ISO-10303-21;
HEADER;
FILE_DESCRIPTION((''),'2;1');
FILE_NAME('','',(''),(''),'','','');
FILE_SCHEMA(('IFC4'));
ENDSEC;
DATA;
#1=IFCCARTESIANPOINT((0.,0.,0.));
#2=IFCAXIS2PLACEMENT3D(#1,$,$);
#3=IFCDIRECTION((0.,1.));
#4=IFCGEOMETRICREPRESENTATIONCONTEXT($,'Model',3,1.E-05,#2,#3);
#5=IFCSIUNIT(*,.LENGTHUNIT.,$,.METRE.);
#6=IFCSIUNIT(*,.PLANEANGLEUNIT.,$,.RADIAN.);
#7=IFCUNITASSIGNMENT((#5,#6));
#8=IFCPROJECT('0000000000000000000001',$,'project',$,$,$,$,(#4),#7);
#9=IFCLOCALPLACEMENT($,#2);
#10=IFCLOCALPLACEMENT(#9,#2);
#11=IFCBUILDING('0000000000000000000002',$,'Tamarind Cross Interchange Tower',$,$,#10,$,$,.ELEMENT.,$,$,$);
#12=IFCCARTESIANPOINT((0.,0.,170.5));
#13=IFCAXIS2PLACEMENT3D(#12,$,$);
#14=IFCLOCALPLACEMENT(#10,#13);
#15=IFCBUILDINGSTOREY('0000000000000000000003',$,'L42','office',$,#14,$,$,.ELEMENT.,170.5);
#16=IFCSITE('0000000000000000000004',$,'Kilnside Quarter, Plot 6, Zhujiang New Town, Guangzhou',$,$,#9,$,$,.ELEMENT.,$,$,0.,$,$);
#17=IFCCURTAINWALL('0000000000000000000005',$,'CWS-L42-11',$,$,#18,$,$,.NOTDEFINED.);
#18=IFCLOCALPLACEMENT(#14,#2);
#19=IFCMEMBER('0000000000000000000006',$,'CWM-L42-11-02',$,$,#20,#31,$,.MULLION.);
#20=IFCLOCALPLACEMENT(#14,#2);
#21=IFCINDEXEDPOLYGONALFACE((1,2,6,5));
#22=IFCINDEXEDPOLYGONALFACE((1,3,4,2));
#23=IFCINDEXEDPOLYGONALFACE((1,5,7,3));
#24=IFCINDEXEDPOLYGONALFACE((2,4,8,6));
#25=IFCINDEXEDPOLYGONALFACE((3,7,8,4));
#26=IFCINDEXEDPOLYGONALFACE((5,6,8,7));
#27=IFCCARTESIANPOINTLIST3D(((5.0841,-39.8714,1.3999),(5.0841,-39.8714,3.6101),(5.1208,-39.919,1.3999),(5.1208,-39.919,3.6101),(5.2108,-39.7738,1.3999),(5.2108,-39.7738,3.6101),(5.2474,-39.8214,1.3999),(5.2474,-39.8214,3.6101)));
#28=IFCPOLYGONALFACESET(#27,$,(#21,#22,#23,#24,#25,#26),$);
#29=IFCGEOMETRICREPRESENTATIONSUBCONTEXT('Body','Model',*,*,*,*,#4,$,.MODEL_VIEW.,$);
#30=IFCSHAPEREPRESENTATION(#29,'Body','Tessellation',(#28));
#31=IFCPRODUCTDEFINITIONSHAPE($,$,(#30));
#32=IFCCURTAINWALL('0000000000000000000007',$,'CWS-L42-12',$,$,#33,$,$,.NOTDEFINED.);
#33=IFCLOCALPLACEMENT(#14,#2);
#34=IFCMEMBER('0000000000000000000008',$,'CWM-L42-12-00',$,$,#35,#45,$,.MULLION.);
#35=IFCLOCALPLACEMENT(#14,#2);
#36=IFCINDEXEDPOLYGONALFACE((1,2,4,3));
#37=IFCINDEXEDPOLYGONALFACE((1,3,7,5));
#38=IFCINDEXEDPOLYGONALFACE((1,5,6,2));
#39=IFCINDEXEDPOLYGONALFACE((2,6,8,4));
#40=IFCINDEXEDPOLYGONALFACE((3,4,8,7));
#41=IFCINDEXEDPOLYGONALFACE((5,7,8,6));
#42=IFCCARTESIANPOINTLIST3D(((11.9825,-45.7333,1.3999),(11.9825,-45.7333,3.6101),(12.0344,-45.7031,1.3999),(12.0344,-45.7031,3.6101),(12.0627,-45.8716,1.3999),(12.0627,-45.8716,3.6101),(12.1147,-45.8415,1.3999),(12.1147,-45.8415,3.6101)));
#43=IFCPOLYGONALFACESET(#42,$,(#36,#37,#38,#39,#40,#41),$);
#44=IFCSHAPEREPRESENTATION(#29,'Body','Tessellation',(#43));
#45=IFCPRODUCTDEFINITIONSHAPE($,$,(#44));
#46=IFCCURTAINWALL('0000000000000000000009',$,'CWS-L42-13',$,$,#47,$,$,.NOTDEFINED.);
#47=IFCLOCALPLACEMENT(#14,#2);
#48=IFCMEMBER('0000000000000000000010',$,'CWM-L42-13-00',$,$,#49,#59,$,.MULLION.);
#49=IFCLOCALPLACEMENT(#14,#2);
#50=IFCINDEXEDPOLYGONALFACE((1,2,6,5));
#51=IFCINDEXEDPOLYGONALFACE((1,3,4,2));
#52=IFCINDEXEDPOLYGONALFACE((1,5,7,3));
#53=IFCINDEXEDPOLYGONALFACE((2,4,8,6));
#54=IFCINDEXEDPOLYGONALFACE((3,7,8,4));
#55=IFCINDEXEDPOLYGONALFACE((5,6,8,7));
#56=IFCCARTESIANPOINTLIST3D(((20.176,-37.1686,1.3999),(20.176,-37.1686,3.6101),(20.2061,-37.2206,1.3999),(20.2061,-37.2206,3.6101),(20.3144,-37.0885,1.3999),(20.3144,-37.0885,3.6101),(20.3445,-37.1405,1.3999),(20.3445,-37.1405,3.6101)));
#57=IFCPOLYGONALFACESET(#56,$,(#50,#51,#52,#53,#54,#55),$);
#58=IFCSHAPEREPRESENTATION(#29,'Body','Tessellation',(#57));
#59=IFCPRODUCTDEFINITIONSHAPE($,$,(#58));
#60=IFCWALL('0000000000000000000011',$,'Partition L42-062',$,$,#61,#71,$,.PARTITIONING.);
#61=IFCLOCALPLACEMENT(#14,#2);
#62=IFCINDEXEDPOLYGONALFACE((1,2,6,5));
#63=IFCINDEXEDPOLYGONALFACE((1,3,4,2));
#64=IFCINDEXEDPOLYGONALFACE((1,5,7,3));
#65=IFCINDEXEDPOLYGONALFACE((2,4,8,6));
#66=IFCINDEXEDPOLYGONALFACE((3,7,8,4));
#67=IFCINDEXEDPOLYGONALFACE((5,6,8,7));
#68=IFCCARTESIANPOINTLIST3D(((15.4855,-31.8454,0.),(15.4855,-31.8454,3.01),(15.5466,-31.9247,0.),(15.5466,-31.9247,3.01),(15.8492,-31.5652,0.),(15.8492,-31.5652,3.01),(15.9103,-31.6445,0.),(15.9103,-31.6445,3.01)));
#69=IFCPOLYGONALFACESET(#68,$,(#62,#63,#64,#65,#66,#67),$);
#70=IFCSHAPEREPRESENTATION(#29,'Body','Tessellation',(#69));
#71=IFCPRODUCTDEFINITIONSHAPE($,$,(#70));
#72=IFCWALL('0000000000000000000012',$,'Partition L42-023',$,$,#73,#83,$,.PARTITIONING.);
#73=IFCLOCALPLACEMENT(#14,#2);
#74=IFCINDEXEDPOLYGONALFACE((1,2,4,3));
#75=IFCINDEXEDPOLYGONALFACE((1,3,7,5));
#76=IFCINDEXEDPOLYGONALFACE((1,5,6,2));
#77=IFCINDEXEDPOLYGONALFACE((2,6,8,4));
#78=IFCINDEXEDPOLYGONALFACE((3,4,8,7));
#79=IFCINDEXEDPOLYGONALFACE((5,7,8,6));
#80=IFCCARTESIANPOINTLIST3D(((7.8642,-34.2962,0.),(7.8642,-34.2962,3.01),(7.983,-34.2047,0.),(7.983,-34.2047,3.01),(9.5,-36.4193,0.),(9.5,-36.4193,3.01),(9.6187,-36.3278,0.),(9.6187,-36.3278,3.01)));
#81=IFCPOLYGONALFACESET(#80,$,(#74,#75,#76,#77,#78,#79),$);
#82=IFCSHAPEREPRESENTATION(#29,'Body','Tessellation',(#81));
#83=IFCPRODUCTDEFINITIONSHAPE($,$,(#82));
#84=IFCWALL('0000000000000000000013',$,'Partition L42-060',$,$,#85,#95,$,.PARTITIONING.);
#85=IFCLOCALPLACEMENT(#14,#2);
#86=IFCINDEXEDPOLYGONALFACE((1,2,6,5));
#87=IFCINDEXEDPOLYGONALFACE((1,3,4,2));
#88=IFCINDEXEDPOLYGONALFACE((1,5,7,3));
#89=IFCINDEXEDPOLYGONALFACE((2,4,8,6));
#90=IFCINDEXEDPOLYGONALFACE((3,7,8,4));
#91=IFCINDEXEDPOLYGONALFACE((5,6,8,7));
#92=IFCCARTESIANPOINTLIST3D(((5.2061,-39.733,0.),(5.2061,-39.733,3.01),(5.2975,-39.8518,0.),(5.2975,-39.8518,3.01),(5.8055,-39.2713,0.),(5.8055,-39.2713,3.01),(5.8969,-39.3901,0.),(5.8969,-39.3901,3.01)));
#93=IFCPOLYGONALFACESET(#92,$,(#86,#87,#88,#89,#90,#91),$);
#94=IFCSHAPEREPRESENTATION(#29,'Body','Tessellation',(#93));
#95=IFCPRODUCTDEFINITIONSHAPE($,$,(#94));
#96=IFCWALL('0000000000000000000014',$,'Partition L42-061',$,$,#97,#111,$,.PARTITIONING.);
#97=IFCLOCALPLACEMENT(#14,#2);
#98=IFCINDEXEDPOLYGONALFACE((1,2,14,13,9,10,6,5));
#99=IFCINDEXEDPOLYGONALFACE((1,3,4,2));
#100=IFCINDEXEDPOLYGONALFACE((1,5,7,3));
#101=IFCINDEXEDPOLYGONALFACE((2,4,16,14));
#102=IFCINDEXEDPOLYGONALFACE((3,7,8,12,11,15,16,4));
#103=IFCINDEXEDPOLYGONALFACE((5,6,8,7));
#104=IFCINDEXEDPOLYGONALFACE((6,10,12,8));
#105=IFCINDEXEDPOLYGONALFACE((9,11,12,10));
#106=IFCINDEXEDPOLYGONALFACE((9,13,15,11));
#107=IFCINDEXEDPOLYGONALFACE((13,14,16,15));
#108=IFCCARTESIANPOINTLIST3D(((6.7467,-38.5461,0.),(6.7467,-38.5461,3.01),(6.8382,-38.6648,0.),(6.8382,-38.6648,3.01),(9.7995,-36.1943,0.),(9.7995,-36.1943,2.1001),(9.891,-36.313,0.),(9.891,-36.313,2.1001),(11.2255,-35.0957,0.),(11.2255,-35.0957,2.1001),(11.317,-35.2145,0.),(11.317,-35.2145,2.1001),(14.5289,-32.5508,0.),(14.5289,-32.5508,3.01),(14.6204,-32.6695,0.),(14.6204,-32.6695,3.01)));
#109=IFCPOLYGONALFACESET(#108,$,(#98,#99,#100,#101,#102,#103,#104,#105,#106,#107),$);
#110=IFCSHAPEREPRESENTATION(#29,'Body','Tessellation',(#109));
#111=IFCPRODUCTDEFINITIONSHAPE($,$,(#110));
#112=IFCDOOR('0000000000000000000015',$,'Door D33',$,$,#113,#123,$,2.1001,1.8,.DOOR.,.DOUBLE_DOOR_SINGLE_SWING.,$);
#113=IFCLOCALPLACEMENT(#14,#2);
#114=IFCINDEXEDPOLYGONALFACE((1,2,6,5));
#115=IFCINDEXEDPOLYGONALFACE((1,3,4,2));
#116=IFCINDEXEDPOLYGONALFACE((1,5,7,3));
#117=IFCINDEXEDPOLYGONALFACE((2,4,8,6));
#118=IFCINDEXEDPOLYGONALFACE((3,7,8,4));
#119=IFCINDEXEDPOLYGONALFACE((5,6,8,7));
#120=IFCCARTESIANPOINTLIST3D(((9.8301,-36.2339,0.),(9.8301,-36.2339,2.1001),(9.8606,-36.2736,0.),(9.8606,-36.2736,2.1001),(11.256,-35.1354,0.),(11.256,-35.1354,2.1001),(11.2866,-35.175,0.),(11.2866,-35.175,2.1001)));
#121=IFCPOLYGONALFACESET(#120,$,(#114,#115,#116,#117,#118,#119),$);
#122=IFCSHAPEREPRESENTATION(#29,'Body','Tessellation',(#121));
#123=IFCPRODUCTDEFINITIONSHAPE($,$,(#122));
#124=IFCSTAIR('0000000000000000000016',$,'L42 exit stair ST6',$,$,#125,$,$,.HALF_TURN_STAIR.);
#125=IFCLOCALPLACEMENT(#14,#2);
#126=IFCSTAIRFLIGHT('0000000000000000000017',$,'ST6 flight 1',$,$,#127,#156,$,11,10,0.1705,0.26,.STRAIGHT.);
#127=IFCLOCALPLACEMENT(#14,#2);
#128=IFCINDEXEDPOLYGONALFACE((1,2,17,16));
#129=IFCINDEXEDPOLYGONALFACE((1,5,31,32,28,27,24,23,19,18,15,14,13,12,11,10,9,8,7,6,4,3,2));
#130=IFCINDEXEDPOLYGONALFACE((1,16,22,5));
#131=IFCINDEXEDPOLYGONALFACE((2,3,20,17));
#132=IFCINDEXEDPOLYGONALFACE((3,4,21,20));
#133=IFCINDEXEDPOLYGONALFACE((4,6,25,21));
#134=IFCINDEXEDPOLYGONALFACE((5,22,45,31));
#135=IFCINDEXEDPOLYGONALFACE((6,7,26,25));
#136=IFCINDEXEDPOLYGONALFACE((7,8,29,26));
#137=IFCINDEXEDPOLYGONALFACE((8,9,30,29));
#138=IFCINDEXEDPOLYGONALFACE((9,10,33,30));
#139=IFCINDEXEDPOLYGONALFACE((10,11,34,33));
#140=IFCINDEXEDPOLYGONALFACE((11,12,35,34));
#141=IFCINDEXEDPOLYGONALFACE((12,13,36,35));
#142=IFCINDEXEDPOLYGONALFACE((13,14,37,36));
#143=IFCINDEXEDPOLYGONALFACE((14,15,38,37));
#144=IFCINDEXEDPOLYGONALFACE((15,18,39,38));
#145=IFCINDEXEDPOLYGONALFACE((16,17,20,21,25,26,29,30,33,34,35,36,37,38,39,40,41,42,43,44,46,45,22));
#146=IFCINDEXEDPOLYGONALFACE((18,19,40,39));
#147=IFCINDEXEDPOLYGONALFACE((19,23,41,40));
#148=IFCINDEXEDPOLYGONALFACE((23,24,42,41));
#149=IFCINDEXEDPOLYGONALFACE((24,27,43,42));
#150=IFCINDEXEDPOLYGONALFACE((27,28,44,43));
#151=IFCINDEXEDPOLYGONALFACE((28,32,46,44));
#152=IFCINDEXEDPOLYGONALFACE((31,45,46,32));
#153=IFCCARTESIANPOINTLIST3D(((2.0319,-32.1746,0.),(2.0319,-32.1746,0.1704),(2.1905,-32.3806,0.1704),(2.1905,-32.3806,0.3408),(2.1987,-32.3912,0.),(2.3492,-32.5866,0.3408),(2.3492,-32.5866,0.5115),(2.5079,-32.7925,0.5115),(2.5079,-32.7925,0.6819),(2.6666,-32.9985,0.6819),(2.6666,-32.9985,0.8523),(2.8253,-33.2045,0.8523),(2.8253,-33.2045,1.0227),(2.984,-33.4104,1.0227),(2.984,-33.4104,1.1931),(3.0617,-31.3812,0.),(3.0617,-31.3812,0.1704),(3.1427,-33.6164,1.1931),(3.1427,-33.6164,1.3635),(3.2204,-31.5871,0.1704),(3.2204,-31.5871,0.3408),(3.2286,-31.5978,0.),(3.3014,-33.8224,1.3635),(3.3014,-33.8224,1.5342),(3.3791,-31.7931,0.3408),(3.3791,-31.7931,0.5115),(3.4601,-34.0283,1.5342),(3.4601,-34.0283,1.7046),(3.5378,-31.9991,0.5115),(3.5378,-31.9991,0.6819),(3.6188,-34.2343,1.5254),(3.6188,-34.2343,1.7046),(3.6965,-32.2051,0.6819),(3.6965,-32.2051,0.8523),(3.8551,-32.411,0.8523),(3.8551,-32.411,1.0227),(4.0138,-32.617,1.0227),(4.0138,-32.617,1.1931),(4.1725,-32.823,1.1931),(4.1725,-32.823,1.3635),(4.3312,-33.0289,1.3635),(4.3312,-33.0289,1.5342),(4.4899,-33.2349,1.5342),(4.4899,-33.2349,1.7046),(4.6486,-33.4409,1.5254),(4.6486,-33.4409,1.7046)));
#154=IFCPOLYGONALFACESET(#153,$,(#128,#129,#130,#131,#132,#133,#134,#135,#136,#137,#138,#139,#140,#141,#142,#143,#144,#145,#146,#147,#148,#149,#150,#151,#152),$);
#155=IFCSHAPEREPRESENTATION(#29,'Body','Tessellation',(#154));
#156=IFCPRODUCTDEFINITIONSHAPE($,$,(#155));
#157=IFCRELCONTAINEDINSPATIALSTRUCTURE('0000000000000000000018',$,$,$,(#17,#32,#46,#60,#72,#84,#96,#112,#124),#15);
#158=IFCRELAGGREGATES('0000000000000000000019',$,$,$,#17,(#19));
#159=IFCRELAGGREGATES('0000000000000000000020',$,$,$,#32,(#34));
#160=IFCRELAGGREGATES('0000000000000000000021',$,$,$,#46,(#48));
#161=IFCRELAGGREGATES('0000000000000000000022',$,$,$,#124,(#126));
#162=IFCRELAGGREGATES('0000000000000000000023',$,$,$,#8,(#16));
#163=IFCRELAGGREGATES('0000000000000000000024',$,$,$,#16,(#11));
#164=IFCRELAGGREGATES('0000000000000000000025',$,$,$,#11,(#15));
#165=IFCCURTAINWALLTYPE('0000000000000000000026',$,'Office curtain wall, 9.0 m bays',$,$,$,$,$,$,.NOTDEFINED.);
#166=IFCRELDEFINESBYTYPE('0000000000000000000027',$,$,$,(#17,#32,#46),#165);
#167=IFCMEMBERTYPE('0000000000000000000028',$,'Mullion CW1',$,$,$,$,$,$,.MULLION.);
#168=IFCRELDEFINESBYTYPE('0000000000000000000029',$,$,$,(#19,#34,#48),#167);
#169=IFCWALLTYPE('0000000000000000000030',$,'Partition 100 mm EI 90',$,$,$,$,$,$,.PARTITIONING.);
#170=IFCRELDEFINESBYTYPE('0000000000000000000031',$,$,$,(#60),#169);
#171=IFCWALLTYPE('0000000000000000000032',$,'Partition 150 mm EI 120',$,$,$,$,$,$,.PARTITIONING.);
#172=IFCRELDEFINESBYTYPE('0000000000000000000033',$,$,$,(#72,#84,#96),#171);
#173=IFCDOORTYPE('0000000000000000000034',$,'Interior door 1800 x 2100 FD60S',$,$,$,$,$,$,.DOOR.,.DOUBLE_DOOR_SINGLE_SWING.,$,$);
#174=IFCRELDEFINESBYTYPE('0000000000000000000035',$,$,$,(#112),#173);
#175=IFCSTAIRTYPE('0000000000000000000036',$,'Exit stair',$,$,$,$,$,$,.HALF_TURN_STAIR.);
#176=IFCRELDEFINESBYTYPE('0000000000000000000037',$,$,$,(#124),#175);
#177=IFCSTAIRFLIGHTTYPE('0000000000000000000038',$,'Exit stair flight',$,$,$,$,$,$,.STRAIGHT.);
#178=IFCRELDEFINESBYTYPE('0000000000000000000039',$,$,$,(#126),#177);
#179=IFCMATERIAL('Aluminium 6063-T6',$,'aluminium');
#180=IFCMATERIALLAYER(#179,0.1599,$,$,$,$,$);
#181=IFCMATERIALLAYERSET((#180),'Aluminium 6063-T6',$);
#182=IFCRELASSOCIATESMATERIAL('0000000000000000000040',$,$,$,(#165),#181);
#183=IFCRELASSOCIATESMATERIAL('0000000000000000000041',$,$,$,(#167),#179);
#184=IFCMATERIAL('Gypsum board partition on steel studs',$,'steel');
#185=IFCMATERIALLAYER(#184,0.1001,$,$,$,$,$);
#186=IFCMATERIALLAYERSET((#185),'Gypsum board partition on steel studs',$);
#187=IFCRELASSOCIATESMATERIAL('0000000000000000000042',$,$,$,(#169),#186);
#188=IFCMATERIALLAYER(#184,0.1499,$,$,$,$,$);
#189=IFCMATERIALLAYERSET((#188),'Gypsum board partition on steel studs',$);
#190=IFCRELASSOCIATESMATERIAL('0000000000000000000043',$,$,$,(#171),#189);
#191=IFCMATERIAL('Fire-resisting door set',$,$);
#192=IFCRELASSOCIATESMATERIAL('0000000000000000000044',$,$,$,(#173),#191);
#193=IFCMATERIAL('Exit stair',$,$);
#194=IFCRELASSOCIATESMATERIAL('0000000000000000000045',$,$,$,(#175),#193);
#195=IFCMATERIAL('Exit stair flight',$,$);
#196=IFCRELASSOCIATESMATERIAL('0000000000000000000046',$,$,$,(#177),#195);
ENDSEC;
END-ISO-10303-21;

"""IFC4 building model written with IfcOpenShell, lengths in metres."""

from ifc_helpers import new_model, si_unit, direction, frame, frame_2d, origin, origin_2d, place, context, subcontext, project, spatial, polyline, rectangle, outline, extrude, material, layer, layer_set, material_profile, profile_set, type_object, element, fill, aggregate, save


model = new_model("IFC4")

# Units and contexts
model_context = context("Model", 3, precision=1e-05, world=origin(), true_north=direction((0.0, 1.0)))
body_context = subcontext(model_context, "Body", "Model", "MODEL_VIEW")
ifc_project = project(units=[si_unit("LENGTHUNIT", "METRE"), si_unit("PLANEANGLEUNIT", "RADIAN")], contexts=[model_context])

# Site, building, storey
site_placement = place(None, origin())
site = spatial("IfcSite", under=ifc_project, at=site_placement, Name="Kilnside Quarter, Plot 6, Zhujiang New Town, Guangzhou", CompositionType="ELEMENT", RefElevation=0.0)
building_placement = place(site_placement, origin())
building = spatial("IfcBuilding", under=site, at=building_placement, Name="Tamarind Cross Interchange Tower", CompositionType="ELEMENT")
storey_placement = place(building_placement, frame((0.0, 0.0, 170.5)))
storey = spatial("IfcBuildingStorey", under=building, at=storey_placement, Name="L42", Description="office", CompositionType="ELEMENT", Elevation=170.5)

# Curtain walls, members
ifc_material_1 = material(Name="Aluminium 6063-T6", Category="aluminium")
ifc_layer_1 = layer(ifc_material_1, 0.1599)
ifc_layer_set_1 = layer_set([ifc_layer_1], Name="Aluminium 6063-T6")
curtain_wall_type = type_object("IfcCurtainWallType", Name="Office curtain wall, 9.0 m bays", PredefinedType="NOTDEFINED", material=ifc_layer_set_1)
curtain_wall_1_placement = place(storey_placement, origin())
curtain_wall_1 = element("IfcCurtainWall", 1, at=curtain_wall_1_placement, inside=storey, type_object=curtain_wall_type, Name="CWS-L42-11", PredefinedType="NOTDEFINED")
ifc_material_profile_1 = material_profile(ifc_material_1, rectangle(XDim=0.0601, YDim=0.1599, at=origin_2d()), Name="Mullion CW1")
ifc_profile_set_1 = profile_set([ifc_material_profile_1], Name="Aluminium 6063-T6")
member_type = type_object("IfcMemberType", Name="Mullion CW1", PredefinedType="MULLION", material=ifc_profile_set_1)
member_1_placement = place(storey_placement, frame((5.1658, -39.8464, 1.3999), z_axis=(0.0, 0.0, 1.0), x_axis=(0.610322, -0.792153, 0.0)))
member_1 = element("IfcMember", 2, at=member_1_placement, type_object=member_type, Name="CWM-L42-11-02", PredefinedType="MULLION", context=body_context, shape_type="SweptSolid", body=[
    extrude(rectangle(XDim=0.0601, YDim=0.1599, at=origin_2d()), origin(), (0.0, 0.0, 1.0), 2.2102),
])
aggregate(curtain_wall_1, [member_1])
curtain_wall_2_placement = place(storey_placement, origin())
curtain_wall_2 = element("IfcCurtainWall", 3, at=curtain_wall_2_placement, inside=storey, type_object=curtain_wall_type, Name="CWS-L42-12", PredefinedType="NOTDEFINED")
member_2_placement = place(storey_placement, frame((12.0486, -45.7874, 1.3999), z_axis=(0.0, 0.0, 1.0), x_axis=(0.865039, 0.501704, 0.0)))
member_2 = element("IfcMember", 4, at=member_2_placement, type_object=member_type, Name="CWM-L42-12-00", PredefinedType="MULLION", context=body_context, shape_type="SweptSolid", body=[
    extrude(rectangle(XDim=0.0601, YDim=0.1599, at=origin_2d()), origin(), (0.0, 0.0, 1.0), 2.2102),
])
aggregate(curtain_wall_2, [member_2])
curtain_wall_3_placement = place(storey_placement, origin())
curtain_wall_3 = element("IfcCurtainWall", 5, at=curtain_wall_3_placement, inside=storey, type_object=curtain_wall_type, Name="CWS-L42-13", PredefinedType="NOTDEFINED")
member_3_placement = place(storey_placement, frame((20.2603, -37.1545, 1.3999), z_axis=(0.0, 0.0, 1.0), x_axis=(-0.500588, 0.865686, 0.0)))
member_3 = element("IfcMember", 6, at=member_3_placement, type_object=member_type, Name="CWM-L42-13-00", PredefinedType="MULLION", context=body_context, shape_type="SweptSolid", body=[
    extrude(rectangle(XDim=0.0601, YDim=0.1599, at=origin_2d()), origin(), (0.0, 0.0, 1.0), 2.2102),
])
aggregate(curtain_wall_3, [member_3])

# Walls
ifc_material_2 = material(Name="Gypsum board partition on steel studs", Category="steel")
ifc_layer_2 = layer(ifc_material_2, 0.1001)
ifc_layer_set_2 = layer_set([ifc_layer_2], Name="Gypsum board partition on steel studs")
wall_type_1 = type_object("IfcWallType", Name="Partition 100 mm EI 90", PredefinedType="PARTITIONING", material=ifc_layer_set_2)
wall_1_placement = place(storey_placement, frame((15.5161, -31.885, 0.0), z_axis=(0.0, 0.0, 1.0), x_axis=(0.792149, 0.610327, 0.0)))
element("IfcWall", 7, at=wall_1_placement, inside=storey, type_object=wall_type_1, Name="Partition L42-062", PredefinedType="PARTITIONING", context=body_context, shape_type="SweptSolid", body=[
    extrude(rectangle(XDim=0.4592, YDim=0.1001, at=frame_2d((0.2295, 0.0))), origin(), (0.0, 0.0, 1.0), 3.01),
])
ifc_layer_3 = layer(ifc_material_2, 0.1499)
ifc_layer_set_3 = layer_set([ifc_layer_3], Name="Gypsum board partition on steel studs")
wall_type_2 = type_object("IfcWallType", Name="Partition 150 mm EI 120", PredefinedType="PARTITIONING", material=ifc_layer_set_3)
wall_2_placement = place(storey_placement, frame((7.9236, -34.2505, 0.0), z_axis=(0.0, 0.0, 1.0), x_axis=(0.610327, -0.79215, 0.0)))
element("IfcWall", 8, at=wall_2_placement, inside=storey, type_object=wall_type_2, Name="Partition L42-023", PredefinedType="PARTITIONING", context=body_context, shape_type="SweptSolid", body=[
    extrude(rectangle(XDim=2.6802, YDim=0.1499, at=frame_2d((1.3401, 0.0))), origin(), (0.0, 0.0, 1.0), 3.01),
])
wall_3_placement = place(storey_placement, frame((5.2517, -39.7925, 0.0), z_axis=(0.0, 0.0, 1.0), x_axis=(0.792228, 0.610225, 0.0)))
element("IfcWall", 9, at=wall_3_placement, inside=storey, type_object=wall_type_2, Name="Partition L42-060", PredefinedType="PARTITIONING", context=body_context, shape_type="SweptSolid", body=[
    extrude(rectangle(XDim=0.7566, YDim=0.1499, at=frame_2d((0.3784, 0.0))), origin(), (0.0, 0.0, 1.0), 3.01),
])

# Wall, opening, door
wall_4_placement = place(storey_placement, frame((6.7925, -38.6055, 0.0), z_axis=(0.0, 0.0, 1.0), x_axis=(0.792179, 0.610288, 0.0)))
wall_4 = element("IfcWall", 10, at=wall_4_placement, inside=storey, type_object=wall_type_2, Name="Partition L42-061", PredefinedType="PARTITIONING", context=body_context, shape_type="SweptSolid", body=[
    extrude(rectangle(XDim=9.8237, YDim=0.1499, at=frame_2d((4.9119, 0.0))), origin(), (0.0, 0.0, 1.0), 3.01),
])
opening_placement = place(wall_4_placement, frame((3.8538, 0.0, 0.0)))
opening = element("IfcOpeningElement", 11, at=opening_placement, cuts=wall_4, PredefinedType="OPENING", context=body_context, shape_type="SweptSolid", body=[
    extrude(rectangle(XDim=1.8, YDim=2.1001, at=frame_2d((0.8999, 1.05))), frame((0.0, 0.085, 0.0), z_axis=(0.0, -1.0, 0.0), x_axis=(1.0, 0.0, 0.0)), (0.0, 0.0, 1.0), 0.1699),
])
ifc_material_3 = material(Name="Fire-resisting door set")
door_type = type_object("IfcDoorType", Name="Interior door 1800 x 2100 FD60S", OperationType="DOUBLE_DOOR_SINGLE_SWING", PredefinedType="DOOR", material=ifc_material_3)
door_placement = place(opening_placement, origin())
door = element("IfcDoor", 12, at=door_placement, inside=storey, type_object=door_type, Name="Door D33", OperationType="DOUBLE_DOOR_SINGLE_SWING", OverallHeight=2.1001, OverallWidth=1.8, PredefinedType="DOOR", context=body_context, shape_type="SweptSolid", body=[
    extrude(rectangle(XDim=1.8, YDim=2.1001, at=frame_2d((0.8999, 1.05))), frame((0.0, 0.0249, 0.0), z_axis=(0.0, -1.0, 0.0), x_axis=(1.0, 0.0, 0.0)), (0.0, 0.0, 1.0), 0.05),
])
fill(opening, door)

# Stair, stair flight
ifc_material_4 = material(Name="Exit stair")
stair_type = type_object("IfcStairType", Name="Exit stair", PredefinedType="HALF_TURN_STAIR", material=ifc_material_4)
stair_placement = place(storey_placement, origin())
stair = element("IfcStair", 13, at=stair_placement, inside=storey, type_object=stair_type, Name="L42 exit stair ST6", PredefinedType="HALF_TURN_STAIR")
ifc_material_5 = material(Name="Exit stair flight")
stair_flight_type = type_object("IfcStairFlightType", Name="Exit stair flight", PredefinedType="STRAIGHT", material=ifc_material_5)
stair_flight_1_placement = place(storey_placement, frame((2.5469, -31.7778, 0.0), z_axis=(0.0, 0.0, 1.0), x_axis=(0.610322, -0.792153, 0.0)))
stair_flight_1 = element("IfcStairFlight", 14, at=stair_flight_1_placement, type_object=stair_flight_type, Name="ST6 flight 1", NumberOfRisers=11, NumberOfTreads=10, PredefinedType="STRAIGHT", RiserHeight=0.1705, TreadLength=0.26, context=body_context, shape_type="SweptSolid", body=[
    extrude(outline(polyline([(0.0, 0.0), (0.0, 0.1704), (0.26, 0.1704), (0.26, 0.3408), (0.52, 0.3408), (0.52, 0.5115), (0.78, 0.5115), (0.78, 0.6819), (1.04, 0.6819), (1.04, 0.8523), (1.3, 0.8523), (1.3, 1.0227), (1.5601, 1.0227), (1.5601, 1.1931), (1.8201, 1.1931), (1.8201, 1.3635), (2.0801, 1.3635), (2.0801, 1.5342), (2.3401, 1.5342), (2.3401, 1.7046), (2.6001, 1.7046), (2.6001, 1.875), (2.6001, 1.5254), (0.2734, 0.0), (0.0, 0.0)])), frame((0.0, 0.6499, 0.0), z_axis=(0.0, -1.0, 0.0), x_axis=(1.0, 0.0, 0.0)), (0.0, 0.0, 1.0), 1.3),
])
aggregate(stair, [stair_flight_1])

save(model, "model.ifc")
